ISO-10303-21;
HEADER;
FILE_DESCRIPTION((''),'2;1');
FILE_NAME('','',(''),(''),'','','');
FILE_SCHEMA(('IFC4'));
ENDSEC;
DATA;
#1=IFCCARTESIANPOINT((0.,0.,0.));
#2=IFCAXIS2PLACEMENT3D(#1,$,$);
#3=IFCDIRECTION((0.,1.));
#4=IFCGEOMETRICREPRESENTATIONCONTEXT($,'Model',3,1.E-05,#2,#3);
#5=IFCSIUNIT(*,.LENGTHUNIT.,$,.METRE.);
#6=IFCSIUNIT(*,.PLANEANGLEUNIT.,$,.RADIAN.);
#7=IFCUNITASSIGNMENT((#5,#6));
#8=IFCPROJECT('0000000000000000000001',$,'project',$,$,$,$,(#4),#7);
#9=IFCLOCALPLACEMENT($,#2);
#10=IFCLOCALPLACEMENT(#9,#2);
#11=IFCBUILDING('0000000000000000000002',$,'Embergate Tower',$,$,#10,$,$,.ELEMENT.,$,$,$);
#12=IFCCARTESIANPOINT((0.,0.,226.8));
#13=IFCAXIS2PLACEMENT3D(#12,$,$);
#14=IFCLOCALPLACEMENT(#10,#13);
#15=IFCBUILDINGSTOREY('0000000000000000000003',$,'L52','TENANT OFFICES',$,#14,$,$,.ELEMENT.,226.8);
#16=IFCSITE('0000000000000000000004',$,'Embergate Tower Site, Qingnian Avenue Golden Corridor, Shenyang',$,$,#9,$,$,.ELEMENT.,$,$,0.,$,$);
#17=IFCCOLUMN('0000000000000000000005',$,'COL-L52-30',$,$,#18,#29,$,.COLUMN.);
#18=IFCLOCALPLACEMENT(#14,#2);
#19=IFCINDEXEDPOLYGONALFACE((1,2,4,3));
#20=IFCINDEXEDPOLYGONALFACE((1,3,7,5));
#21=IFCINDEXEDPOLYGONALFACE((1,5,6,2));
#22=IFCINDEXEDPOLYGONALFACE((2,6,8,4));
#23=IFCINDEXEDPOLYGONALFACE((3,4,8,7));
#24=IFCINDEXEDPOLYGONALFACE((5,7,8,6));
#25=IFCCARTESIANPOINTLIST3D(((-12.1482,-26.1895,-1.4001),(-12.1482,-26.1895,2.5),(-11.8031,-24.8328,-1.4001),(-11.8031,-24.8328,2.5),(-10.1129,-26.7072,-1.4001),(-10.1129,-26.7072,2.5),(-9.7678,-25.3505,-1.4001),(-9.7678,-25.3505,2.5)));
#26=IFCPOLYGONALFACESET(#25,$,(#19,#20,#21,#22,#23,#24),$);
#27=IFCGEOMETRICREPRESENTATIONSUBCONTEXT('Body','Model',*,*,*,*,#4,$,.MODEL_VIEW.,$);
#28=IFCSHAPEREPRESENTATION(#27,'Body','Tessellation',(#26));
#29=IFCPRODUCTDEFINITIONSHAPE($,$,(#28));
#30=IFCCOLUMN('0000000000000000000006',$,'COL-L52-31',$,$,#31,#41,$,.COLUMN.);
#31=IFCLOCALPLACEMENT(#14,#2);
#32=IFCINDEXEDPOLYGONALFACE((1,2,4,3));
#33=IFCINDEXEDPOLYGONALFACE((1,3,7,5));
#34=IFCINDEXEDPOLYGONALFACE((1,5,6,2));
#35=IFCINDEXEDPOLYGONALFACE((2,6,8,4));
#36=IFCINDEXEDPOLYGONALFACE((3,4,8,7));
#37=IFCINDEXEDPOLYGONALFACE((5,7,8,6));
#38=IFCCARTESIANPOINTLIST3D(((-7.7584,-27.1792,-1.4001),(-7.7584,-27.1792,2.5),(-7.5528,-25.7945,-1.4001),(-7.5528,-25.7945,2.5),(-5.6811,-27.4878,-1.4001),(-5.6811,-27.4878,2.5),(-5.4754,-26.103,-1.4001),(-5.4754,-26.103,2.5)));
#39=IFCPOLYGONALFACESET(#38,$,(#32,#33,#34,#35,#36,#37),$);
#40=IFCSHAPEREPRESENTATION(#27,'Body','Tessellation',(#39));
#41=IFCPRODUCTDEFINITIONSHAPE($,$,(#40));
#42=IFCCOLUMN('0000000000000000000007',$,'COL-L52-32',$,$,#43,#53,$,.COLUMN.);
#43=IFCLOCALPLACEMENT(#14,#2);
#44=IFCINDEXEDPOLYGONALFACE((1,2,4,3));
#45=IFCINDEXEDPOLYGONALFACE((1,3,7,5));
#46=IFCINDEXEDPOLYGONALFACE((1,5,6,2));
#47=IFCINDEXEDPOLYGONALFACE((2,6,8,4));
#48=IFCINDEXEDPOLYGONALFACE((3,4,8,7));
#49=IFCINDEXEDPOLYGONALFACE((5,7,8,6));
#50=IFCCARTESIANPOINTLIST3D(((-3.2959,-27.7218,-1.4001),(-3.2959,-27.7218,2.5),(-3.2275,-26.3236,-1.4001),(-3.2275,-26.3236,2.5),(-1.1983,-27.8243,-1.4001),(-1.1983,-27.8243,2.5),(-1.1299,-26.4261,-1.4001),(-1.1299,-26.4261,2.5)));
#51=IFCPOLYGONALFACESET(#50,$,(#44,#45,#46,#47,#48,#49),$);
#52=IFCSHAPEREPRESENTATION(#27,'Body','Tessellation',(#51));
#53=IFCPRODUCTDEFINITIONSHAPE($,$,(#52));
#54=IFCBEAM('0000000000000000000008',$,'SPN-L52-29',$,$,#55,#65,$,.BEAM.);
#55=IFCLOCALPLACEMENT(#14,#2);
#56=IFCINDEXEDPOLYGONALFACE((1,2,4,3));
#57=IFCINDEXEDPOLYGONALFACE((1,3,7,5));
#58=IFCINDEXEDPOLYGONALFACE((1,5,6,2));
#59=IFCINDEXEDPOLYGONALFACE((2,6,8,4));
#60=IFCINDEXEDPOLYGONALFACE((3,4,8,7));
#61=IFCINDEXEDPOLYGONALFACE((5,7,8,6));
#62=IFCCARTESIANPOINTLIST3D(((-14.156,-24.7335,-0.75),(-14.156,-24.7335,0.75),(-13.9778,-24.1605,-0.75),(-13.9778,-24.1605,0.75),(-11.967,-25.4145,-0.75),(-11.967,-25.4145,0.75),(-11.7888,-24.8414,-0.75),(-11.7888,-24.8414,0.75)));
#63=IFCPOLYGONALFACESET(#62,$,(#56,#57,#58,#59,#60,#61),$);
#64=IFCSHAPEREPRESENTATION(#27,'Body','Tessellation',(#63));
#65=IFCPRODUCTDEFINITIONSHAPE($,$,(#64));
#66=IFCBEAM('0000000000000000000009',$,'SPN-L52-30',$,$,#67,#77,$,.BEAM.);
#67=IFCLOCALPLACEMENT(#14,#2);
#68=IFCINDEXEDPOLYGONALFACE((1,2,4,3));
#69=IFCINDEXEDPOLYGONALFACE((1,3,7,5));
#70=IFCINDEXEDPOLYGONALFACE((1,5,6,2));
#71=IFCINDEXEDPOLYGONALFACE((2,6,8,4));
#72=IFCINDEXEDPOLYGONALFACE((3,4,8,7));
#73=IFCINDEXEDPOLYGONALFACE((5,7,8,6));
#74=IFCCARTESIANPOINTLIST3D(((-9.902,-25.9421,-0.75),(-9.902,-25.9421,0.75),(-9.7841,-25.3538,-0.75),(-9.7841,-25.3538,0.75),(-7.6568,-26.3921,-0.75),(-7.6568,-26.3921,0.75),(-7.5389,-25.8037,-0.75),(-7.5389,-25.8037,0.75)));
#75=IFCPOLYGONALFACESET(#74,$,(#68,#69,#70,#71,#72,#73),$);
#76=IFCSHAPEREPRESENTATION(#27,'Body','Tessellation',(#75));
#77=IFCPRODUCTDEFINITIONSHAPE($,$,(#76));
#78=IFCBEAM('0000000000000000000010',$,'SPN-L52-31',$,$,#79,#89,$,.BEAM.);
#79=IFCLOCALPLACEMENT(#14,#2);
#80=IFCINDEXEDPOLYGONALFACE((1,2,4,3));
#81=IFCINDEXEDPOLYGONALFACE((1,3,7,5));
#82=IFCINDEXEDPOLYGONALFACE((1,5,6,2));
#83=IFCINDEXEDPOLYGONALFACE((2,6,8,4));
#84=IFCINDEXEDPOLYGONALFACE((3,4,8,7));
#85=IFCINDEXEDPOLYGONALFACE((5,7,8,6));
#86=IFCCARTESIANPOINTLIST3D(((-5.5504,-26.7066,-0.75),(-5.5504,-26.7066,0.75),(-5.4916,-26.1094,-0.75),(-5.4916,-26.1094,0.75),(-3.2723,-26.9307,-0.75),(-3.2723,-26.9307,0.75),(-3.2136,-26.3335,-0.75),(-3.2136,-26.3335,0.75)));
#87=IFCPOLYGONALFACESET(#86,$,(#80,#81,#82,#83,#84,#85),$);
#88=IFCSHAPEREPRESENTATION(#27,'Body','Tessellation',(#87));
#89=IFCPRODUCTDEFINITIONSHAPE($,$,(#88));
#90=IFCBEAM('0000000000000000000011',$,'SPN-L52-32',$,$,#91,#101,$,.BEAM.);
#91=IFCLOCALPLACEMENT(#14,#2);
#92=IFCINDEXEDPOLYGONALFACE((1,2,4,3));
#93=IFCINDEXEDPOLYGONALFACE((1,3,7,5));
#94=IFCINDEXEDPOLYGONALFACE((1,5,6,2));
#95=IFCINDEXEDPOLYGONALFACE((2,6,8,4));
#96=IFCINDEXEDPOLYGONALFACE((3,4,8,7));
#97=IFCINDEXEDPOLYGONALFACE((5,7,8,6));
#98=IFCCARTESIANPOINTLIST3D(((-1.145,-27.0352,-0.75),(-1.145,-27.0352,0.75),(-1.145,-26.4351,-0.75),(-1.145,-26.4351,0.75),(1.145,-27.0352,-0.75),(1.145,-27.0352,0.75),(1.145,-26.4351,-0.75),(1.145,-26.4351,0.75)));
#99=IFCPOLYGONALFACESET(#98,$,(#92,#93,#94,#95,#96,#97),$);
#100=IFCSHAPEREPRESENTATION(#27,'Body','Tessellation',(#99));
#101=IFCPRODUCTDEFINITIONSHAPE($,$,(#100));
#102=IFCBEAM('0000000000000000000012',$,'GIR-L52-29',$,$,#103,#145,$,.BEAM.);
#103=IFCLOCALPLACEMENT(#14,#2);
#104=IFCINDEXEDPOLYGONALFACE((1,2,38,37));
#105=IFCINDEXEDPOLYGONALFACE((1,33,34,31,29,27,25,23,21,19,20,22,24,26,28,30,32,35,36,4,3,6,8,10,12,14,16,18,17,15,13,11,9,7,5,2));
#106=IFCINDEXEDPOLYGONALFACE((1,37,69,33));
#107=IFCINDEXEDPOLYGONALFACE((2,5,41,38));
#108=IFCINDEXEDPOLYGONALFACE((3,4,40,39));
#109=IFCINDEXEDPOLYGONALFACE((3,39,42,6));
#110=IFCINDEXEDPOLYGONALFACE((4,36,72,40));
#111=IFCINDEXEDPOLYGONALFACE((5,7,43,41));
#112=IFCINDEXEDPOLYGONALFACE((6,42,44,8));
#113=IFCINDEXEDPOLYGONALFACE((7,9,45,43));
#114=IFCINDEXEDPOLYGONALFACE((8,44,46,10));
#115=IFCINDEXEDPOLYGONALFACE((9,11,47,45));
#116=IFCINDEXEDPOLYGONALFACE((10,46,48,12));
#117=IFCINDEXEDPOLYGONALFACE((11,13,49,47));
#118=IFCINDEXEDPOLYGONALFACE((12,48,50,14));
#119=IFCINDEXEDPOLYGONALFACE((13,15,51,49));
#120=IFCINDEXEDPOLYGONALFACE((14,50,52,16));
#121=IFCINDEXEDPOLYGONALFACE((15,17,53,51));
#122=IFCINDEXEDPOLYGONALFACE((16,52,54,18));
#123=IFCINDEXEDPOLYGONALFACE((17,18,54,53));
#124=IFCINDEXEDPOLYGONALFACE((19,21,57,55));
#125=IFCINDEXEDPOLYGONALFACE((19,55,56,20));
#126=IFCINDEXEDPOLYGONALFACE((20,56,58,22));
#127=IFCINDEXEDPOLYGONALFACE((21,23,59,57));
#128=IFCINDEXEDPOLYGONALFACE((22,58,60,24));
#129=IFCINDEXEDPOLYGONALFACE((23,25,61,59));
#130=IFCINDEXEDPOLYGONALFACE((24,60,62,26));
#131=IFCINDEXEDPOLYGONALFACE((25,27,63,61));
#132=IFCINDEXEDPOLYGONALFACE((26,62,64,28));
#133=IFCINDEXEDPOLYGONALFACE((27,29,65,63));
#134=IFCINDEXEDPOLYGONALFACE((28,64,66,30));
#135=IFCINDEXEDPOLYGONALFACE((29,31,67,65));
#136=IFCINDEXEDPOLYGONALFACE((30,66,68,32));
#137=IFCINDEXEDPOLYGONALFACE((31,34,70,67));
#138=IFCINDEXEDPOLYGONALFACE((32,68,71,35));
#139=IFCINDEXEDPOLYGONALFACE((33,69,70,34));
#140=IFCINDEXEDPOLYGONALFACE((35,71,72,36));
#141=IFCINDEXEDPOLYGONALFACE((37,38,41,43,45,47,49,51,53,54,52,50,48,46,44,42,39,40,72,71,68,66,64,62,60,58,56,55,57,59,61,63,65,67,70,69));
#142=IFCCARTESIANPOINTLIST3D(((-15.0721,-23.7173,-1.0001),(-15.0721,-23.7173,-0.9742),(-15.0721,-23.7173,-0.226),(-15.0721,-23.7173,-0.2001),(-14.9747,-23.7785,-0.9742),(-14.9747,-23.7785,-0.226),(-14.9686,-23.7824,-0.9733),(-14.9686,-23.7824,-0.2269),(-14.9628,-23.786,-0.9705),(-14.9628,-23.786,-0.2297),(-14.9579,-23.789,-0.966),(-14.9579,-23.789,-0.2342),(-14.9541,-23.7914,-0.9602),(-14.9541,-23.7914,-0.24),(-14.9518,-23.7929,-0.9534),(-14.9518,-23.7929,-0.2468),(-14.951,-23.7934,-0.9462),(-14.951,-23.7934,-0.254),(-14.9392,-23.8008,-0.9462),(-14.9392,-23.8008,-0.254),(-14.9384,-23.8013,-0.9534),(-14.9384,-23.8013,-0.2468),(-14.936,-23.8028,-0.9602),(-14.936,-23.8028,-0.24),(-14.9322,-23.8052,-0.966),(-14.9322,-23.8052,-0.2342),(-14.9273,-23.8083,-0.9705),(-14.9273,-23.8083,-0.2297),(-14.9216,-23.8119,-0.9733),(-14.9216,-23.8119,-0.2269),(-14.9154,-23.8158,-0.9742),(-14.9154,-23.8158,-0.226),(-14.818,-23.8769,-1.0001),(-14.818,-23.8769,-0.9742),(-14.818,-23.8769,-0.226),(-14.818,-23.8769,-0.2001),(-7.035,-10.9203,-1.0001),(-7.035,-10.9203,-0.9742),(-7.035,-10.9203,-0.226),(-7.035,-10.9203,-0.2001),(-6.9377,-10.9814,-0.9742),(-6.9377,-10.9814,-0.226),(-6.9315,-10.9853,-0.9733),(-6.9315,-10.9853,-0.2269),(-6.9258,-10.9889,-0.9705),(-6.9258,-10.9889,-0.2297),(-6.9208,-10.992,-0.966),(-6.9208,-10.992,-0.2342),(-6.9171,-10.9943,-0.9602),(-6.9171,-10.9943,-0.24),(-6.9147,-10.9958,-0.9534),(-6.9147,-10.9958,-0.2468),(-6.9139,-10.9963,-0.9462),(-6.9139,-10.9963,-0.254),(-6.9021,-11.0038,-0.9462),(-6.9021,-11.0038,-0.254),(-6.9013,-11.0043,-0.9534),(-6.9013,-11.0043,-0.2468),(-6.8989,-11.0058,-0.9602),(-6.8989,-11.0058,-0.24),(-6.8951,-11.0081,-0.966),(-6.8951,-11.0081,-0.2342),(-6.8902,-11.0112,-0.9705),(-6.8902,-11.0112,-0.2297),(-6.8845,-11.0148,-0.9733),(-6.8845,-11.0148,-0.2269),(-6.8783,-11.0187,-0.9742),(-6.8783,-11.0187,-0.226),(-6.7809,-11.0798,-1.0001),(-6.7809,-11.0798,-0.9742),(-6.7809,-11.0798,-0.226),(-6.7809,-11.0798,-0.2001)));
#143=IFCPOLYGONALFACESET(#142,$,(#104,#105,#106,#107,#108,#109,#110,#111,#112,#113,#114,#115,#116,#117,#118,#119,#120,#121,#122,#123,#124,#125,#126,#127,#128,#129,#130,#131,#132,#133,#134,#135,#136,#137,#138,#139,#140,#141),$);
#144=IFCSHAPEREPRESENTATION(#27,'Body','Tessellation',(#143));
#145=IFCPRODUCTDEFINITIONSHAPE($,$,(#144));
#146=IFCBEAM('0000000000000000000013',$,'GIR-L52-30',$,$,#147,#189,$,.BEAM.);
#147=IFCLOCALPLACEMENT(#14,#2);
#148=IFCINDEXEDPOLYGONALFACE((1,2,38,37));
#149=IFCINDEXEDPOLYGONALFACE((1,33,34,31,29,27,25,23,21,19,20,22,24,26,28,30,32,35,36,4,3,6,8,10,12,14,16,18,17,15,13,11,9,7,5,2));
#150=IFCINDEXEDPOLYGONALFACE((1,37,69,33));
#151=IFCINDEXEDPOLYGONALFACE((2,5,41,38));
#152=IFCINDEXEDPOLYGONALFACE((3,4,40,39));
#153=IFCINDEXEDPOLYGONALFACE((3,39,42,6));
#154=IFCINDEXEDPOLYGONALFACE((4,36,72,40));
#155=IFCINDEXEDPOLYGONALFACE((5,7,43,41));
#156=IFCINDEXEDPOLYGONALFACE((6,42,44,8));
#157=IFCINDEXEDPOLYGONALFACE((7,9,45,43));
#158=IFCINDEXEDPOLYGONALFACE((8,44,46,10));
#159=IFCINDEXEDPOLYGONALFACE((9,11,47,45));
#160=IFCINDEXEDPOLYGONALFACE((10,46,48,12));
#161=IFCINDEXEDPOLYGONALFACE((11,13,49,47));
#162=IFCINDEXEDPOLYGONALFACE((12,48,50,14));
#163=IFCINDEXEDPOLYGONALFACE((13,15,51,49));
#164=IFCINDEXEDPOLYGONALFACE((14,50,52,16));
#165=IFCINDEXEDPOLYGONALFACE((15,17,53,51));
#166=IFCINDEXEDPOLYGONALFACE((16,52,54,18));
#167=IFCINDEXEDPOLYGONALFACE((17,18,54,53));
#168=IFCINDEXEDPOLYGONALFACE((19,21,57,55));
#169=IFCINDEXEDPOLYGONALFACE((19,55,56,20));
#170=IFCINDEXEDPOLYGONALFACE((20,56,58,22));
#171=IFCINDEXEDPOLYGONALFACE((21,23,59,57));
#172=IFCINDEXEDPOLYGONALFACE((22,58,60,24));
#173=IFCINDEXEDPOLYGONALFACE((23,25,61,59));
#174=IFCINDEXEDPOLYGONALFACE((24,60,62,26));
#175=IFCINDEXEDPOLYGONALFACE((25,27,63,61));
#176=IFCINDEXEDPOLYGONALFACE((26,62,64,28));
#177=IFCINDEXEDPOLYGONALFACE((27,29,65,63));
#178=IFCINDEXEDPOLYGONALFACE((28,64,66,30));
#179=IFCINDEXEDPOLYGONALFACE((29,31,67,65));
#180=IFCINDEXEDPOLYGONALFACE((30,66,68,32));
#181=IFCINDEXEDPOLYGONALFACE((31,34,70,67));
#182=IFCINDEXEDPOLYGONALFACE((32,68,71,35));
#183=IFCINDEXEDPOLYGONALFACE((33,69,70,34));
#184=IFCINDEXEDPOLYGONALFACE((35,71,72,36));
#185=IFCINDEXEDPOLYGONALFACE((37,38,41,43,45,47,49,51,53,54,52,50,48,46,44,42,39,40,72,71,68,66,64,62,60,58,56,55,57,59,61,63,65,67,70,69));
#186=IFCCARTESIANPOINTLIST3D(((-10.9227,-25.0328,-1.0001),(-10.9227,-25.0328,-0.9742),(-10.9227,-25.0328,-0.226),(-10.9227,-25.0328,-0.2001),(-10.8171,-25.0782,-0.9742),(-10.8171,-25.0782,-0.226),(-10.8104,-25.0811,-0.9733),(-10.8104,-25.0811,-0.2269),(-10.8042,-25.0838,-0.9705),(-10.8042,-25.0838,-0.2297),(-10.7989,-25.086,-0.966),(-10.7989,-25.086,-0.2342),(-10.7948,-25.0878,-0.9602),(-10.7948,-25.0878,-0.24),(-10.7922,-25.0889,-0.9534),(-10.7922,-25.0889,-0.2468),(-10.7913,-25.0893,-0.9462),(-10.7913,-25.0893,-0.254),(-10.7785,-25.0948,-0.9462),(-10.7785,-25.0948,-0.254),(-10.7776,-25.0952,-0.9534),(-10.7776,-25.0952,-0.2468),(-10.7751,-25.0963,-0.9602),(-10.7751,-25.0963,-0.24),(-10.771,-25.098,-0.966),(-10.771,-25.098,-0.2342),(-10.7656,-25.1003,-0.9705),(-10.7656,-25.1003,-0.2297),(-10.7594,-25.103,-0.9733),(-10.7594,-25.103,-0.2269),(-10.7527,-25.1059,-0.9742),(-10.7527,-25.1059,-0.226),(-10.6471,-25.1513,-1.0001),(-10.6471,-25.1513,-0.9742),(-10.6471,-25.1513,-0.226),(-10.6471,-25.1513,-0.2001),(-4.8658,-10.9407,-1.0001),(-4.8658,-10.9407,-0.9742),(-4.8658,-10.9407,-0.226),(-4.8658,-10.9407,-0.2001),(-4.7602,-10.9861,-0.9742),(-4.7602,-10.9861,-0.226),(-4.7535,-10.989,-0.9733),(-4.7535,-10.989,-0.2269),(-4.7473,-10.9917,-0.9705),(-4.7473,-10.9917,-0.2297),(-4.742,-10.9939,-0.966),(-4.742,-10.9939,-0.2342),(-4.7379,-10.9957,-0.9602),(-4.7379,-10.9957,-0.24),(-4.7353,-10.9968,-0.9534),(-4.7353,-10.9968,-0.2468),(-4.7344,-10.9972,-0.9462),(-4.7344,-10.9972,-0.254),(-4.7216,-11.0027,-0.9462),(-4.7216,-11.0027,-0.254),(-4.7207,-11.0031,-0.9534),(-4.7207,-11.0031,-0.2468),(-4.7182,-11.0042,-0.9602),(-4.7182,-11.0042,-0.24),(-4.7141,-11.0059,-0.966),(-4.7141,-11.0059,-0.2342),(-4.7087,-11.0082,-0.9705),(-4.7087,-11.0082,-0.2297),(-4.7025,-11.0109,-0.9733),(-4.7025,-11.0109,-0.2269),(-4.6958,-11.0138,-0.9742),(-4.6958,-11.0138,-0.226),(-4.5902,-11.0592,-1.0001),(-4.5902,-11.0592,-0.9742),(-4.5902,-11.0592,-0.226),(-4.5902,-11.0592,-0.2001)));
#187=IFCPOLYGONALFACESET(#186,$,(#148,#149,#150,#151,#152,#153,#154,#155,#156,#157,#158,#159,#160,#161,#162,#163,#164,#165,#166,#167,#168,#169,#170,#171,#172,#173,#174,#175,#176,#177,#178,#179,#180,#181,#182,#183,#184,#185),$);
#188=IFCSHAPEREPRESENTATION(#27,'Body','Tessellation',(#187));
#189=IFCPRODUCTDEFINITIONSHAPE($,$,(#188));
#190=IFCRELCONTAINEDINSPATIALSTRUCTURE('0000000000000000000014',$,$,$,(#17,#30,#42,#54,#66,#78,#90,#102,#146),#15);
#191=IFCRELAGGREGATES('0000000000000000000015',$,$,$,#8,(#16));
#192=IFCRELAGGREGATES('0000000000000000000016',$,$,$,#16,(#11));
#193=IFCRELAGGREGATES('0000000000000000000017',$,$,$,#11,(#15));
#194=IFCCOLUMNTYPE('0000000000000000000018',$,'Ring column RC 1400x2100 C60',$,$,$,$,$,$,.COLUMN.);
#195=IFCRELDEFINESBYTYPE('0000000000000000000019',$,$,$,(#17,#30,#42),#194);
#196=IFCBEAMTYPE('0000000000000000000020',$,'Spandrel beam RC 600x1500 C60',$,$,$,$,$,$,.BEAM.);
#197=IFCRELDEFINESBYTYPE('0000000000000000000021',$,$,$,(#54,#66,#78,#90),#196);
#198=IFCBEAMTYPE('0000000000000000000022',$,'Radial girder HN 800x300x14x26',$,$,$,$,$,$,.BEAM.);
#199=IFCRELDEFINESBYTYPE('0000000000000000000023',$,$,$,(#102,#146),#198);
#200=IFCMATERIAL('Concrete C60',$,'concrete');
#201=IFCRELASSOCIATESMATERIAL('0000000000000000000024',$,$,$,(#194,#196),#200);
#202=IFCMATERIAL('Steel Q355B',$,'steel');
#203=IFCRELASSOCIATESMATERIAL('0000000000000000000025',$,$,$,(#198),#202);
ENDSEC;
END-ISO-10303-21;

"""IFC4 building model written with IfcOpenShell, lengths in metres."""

from ifc_helpers import new_model, si_unit, direction, frame, origin, origin_2d, place, context, subcontext, project, spatial, rectangle, i_section, extrude, source, transform, mapped, material, material_profile, profile_set, type_object, element, save


model = new_model("IFC4")

# Units and contexts
model_context = context("Model", 3, precision=1e-05, world=origin(), true_north=direction((0.0, 1.0)))
body_context = subcontext(model_context, "Body", "Model", "MODEL_VIEW")
ifc_project = project(units=[si_unit("LENGTHUNIT", "METRE"), si_unit("PLANEANGLEUNIT", "RADIAN")], contexts=[model_context])

# Site, building, storey
site_placement = place(None, origin())
site = spatial("IfcSite", under=ifc_project, at=site_placement, Name="Embergate Tower Site, Qingnian Avenue Golden Corridor, Shenyang", CompositionType="ELEMENT", RefElevation=0.0)
building_placement = place(site_placement, origin())
building = spatial("IfcBuilding", under=site, at=building_placement, Name="Embergate Tower", CompositionType="ELEMENT")
storey_placement = place(building_placement, frame((0.0, 0.0, 226.8)))
storey = spatial("IfcBuildingStorey", under=building, at=storey_placement, Name="L52", Description="TENANT OFFICES", CompositionType="ELEMENT", Elevation=226.8)

# Columns
ifc_material_1 = material(Name="Concrete C60", Category="concrete")
ifc_material_profile_1 = material_profile(ifc_material_1, rectangle(XDim=1.3999, YDim=2.1001, at=origin_2d()), Name="RC 1400x2100")
ifc_profile_set_1 = profile_set([ifc_material_profile_1], Name="Concrete C60")
column_type = type_object("IfcColumnType", Name="Ring column RC 1400x2100 C60", PredefinedType="COLUMN", material=ifc_profile_set_1)
shared_shape_1 = source(origin(), body_context, "Body", "SweptSolid", [
    extrude(rectangle(XDim=1.3999, YDim=2.1001, at=origin_2d()), origin(), (0.0, 0.0, 1.0), 3.9001),
])
for number, where, z_axis, x_axis, name in (
    (1, (-10.958, -25.77, -1.4001), (0.0, 0.0, 1.0), (-0.246509, -0.969141, 0.0), "COL-L52-30"),
    (2, (-6.6169, -26.6411, -1.4001), (0.0, 0.0, 1.0), (-0.146929, -0.989147, 0.0), "COL-L52-31"),
    (3, (-2.2129, -27.074, -1.4001), (0.0, 0.0, 1.0), (-0.048815, -0.998808, 0.0), "COL-L52-32"),
):
    element("IfcColumn", number, at=place(storey_placement, frame(where, z_axis=z_axis, x_axis=x_axis)), inside=storey, type_object=column_type, Name=name, PredefinedType="COLUMN", context=body_context, shape_type="MappedRepresentation", body=[
        mapped(shared_shape_1, transform((0.0, 0.0, 0.0))),
    ])

# Beams
ifc_material_profile_2 = material_profile(ifc_material_1, rectangle(XDim=0.6001, YDim=1.5, at=origin_2d()), Name="RC 600x1500")
ifc_profile_set_2 = profile_set([ifc_material_profile_2], Name="Concrete C60")
beam_type_1 = type_object("IfcBeamType", Name="Spandrel beam RC 600x1500 C60", PredefinedType="BEAM", material=ifc_profile_set_2)
shared_shape_2 = source(origin(), body_context, "Body", "SweptSolid", [
    extrude(rectangle(XDim=0.6001, YDim=1.5, at=origin_2d()), origin(), (0.0, 0.0, 1.0), 2.2925),
])
beam_1_placement = place(storey_placement, frame((-14.0669, -24.447, 0.0), z_axis=(0.95487, -0.297026, 0.0), x_axis=(0.297026, 0.95487, 0.0)))
element("IfcBeam", 4, at=beam_1_placement, inside=storey, type_object=beam_type_1, Name="SPN-L52-29", PredefinedType="BEAM", context=body_context, shape_type="MappedRepresentation", body=[
    mapped(shared_shape_2, transform((0.0, 0.0, 0.0))),
])
shared_shape_3 = source(origin(), body_context, "Body", "SweptSolid", [
    extrude(rectangle(XDim=0.6001, YDim=1.5, at=origin_2d()), origin(), (0.0, 0.0, 1.0), 2.2898),
])
beam_2_placement = place(storey_placement, frame((-9.843, -25.6479, 0.0), z_axis=(0.980503, -0.196506, 0.0), x_axis=(0.196506, 0.980503, 0.0)))
element("IfcBeam", 5, at=beam_2_placement, inside=storey, type_object=beam_type_1, Name="SPN-L52-30", PredefinedType="BEAM", context=body_context, shape_type="MappedRepresentation", body=[
    mapped(shared_shape_3, transform((0.0, 0.0, 0.0))),
])
shared_shape_4 = source(origin(), body_context, "Body", "SweptSolid", [
    extrude(rectangle(XDim=0.6001, YDim=1.5, at=origin_2d()), origin(), (0.0, 0.0, 1.0), 2.2891),
])
beam_3_placement = place(storey_placement, frame((-5.521, -26.408, 0.0), z_axis=(0.995195, -0.097909, 0.0), x_axis=(0.097909, 0.995195, 0.0)))
element("IfcBeam", 6, at=beam_3_placement, inside=storey, type_object=beam_type_1, Name="SPN-L52-31", PredefinedType="BEAM", context=body_context, shape_type="MappedRepresentation", body=[
    mapped(shared_shape_4, transform((0.0, 0.0, 0.0))),
])
shared_shape_5 = source(origin(), body_context, "Body", "SweptSolid", [
    extrude(rectangle(XDim=0.6001, YDim=1.5, at=origin_2d()), origin(), (0.0, 0.0, 1.0), 2.29),
])
beam_4_placement = place(storey_placement, frame((-1.145, -26.7351, 0.0), z_axis=(1.0, 0.0, 0.0), x_axis=(0.0, 1.0, 0.0)))
element("IfcBeam", 7, at=beam_4_placement, inside=storey, type_object=beam_type_1, Name="SPN-L52-32", PredefinedType="BEAM", context=body_context, shape_type="MappedRepresentation", body=[
    mapped(shared_shape_5, transform((0.0, 0.0, 0.0))),
])
ifc_material_2 = material(Name="Steel Q355B", Category="steel")
ifc_material_profile_3 = material_profile(ifc_material_2, i_section(OverallWidth=0.3, OverallDepth=0.8, WebThickness=0.0139, FlangeThickness=0.0259, FilletRadius=0.0281, at=origin_2d()), Name="HN 800x300x14x26")
ifc_profile_set_3 = profile_set([ifc_material_profile_3], Name="Steel Q355 grade B")
beam_type_2 = type_object("IfcBeamType", Name="Radial girder HN 800x300x14x26", PredefinedType="BEAM", material=ifc_profile_set_3)
shared_shape_6 = source(origin(), body_context, "Body", "SweptSolid", [
    extrude(i_section(OverallWidth=0.3, OverallDepth=0.8, WebThickness=0.0139, FlangeThickness=0.0259, FilletRadius=0.0281, at=origin_2d()), origin(), (0.0, 0.0, 1.0), 15.1116),
])
beam_5_placement = place(storey_placement, frame((-14.9451, -23.7971, -0.6001), z_axis=(0.531849, 0.846839, 0.0), x_axis=(-0.846839, 0.531849, 0.0)))
element("IfcBeam", 8, at=beam_5_placement, inside=storey, type_object=beam_type_2, Name="GIR-L52-29", PredefinedType="BEAM", context=body_context, shape_type="MappedRepresentation", body=[
    mapped(shared_shape_6, transform((0.0, 0.0, 0.0))),
])
shared_shape_7 = source(origin(), body_context, "Body", "SweptSolid", [
    extrude(i_section(OverallWidth=0.3, OverallDepth=0.8, WebThickness=0.0139, FlangeThickness=0.0259, FilletRadius=0.0281, at=origin_2d()), origin(), (0.0, 0.0, 1.0), 15.3386),
])
beam_6_placement = place(storey_placement, frame((-10.7849, -25.092, -0.6001), z_axis=(0.39488, 0.918733, 0.0), x_axis=(-0.918733, 0.39488, 0.0)))
element("IfcBeam", 9, at=beam_6_placement, inside=storey, type_object=beam_type_2, Name="GIR-L52-30", PredefinedType="BEAM", context=body_context, shape_type="MappedRepresentation", body=[
    mapped(shared_shape_7, transform((0.0, 0.0, 0.0))),
])

save(model, "model.ifc")
